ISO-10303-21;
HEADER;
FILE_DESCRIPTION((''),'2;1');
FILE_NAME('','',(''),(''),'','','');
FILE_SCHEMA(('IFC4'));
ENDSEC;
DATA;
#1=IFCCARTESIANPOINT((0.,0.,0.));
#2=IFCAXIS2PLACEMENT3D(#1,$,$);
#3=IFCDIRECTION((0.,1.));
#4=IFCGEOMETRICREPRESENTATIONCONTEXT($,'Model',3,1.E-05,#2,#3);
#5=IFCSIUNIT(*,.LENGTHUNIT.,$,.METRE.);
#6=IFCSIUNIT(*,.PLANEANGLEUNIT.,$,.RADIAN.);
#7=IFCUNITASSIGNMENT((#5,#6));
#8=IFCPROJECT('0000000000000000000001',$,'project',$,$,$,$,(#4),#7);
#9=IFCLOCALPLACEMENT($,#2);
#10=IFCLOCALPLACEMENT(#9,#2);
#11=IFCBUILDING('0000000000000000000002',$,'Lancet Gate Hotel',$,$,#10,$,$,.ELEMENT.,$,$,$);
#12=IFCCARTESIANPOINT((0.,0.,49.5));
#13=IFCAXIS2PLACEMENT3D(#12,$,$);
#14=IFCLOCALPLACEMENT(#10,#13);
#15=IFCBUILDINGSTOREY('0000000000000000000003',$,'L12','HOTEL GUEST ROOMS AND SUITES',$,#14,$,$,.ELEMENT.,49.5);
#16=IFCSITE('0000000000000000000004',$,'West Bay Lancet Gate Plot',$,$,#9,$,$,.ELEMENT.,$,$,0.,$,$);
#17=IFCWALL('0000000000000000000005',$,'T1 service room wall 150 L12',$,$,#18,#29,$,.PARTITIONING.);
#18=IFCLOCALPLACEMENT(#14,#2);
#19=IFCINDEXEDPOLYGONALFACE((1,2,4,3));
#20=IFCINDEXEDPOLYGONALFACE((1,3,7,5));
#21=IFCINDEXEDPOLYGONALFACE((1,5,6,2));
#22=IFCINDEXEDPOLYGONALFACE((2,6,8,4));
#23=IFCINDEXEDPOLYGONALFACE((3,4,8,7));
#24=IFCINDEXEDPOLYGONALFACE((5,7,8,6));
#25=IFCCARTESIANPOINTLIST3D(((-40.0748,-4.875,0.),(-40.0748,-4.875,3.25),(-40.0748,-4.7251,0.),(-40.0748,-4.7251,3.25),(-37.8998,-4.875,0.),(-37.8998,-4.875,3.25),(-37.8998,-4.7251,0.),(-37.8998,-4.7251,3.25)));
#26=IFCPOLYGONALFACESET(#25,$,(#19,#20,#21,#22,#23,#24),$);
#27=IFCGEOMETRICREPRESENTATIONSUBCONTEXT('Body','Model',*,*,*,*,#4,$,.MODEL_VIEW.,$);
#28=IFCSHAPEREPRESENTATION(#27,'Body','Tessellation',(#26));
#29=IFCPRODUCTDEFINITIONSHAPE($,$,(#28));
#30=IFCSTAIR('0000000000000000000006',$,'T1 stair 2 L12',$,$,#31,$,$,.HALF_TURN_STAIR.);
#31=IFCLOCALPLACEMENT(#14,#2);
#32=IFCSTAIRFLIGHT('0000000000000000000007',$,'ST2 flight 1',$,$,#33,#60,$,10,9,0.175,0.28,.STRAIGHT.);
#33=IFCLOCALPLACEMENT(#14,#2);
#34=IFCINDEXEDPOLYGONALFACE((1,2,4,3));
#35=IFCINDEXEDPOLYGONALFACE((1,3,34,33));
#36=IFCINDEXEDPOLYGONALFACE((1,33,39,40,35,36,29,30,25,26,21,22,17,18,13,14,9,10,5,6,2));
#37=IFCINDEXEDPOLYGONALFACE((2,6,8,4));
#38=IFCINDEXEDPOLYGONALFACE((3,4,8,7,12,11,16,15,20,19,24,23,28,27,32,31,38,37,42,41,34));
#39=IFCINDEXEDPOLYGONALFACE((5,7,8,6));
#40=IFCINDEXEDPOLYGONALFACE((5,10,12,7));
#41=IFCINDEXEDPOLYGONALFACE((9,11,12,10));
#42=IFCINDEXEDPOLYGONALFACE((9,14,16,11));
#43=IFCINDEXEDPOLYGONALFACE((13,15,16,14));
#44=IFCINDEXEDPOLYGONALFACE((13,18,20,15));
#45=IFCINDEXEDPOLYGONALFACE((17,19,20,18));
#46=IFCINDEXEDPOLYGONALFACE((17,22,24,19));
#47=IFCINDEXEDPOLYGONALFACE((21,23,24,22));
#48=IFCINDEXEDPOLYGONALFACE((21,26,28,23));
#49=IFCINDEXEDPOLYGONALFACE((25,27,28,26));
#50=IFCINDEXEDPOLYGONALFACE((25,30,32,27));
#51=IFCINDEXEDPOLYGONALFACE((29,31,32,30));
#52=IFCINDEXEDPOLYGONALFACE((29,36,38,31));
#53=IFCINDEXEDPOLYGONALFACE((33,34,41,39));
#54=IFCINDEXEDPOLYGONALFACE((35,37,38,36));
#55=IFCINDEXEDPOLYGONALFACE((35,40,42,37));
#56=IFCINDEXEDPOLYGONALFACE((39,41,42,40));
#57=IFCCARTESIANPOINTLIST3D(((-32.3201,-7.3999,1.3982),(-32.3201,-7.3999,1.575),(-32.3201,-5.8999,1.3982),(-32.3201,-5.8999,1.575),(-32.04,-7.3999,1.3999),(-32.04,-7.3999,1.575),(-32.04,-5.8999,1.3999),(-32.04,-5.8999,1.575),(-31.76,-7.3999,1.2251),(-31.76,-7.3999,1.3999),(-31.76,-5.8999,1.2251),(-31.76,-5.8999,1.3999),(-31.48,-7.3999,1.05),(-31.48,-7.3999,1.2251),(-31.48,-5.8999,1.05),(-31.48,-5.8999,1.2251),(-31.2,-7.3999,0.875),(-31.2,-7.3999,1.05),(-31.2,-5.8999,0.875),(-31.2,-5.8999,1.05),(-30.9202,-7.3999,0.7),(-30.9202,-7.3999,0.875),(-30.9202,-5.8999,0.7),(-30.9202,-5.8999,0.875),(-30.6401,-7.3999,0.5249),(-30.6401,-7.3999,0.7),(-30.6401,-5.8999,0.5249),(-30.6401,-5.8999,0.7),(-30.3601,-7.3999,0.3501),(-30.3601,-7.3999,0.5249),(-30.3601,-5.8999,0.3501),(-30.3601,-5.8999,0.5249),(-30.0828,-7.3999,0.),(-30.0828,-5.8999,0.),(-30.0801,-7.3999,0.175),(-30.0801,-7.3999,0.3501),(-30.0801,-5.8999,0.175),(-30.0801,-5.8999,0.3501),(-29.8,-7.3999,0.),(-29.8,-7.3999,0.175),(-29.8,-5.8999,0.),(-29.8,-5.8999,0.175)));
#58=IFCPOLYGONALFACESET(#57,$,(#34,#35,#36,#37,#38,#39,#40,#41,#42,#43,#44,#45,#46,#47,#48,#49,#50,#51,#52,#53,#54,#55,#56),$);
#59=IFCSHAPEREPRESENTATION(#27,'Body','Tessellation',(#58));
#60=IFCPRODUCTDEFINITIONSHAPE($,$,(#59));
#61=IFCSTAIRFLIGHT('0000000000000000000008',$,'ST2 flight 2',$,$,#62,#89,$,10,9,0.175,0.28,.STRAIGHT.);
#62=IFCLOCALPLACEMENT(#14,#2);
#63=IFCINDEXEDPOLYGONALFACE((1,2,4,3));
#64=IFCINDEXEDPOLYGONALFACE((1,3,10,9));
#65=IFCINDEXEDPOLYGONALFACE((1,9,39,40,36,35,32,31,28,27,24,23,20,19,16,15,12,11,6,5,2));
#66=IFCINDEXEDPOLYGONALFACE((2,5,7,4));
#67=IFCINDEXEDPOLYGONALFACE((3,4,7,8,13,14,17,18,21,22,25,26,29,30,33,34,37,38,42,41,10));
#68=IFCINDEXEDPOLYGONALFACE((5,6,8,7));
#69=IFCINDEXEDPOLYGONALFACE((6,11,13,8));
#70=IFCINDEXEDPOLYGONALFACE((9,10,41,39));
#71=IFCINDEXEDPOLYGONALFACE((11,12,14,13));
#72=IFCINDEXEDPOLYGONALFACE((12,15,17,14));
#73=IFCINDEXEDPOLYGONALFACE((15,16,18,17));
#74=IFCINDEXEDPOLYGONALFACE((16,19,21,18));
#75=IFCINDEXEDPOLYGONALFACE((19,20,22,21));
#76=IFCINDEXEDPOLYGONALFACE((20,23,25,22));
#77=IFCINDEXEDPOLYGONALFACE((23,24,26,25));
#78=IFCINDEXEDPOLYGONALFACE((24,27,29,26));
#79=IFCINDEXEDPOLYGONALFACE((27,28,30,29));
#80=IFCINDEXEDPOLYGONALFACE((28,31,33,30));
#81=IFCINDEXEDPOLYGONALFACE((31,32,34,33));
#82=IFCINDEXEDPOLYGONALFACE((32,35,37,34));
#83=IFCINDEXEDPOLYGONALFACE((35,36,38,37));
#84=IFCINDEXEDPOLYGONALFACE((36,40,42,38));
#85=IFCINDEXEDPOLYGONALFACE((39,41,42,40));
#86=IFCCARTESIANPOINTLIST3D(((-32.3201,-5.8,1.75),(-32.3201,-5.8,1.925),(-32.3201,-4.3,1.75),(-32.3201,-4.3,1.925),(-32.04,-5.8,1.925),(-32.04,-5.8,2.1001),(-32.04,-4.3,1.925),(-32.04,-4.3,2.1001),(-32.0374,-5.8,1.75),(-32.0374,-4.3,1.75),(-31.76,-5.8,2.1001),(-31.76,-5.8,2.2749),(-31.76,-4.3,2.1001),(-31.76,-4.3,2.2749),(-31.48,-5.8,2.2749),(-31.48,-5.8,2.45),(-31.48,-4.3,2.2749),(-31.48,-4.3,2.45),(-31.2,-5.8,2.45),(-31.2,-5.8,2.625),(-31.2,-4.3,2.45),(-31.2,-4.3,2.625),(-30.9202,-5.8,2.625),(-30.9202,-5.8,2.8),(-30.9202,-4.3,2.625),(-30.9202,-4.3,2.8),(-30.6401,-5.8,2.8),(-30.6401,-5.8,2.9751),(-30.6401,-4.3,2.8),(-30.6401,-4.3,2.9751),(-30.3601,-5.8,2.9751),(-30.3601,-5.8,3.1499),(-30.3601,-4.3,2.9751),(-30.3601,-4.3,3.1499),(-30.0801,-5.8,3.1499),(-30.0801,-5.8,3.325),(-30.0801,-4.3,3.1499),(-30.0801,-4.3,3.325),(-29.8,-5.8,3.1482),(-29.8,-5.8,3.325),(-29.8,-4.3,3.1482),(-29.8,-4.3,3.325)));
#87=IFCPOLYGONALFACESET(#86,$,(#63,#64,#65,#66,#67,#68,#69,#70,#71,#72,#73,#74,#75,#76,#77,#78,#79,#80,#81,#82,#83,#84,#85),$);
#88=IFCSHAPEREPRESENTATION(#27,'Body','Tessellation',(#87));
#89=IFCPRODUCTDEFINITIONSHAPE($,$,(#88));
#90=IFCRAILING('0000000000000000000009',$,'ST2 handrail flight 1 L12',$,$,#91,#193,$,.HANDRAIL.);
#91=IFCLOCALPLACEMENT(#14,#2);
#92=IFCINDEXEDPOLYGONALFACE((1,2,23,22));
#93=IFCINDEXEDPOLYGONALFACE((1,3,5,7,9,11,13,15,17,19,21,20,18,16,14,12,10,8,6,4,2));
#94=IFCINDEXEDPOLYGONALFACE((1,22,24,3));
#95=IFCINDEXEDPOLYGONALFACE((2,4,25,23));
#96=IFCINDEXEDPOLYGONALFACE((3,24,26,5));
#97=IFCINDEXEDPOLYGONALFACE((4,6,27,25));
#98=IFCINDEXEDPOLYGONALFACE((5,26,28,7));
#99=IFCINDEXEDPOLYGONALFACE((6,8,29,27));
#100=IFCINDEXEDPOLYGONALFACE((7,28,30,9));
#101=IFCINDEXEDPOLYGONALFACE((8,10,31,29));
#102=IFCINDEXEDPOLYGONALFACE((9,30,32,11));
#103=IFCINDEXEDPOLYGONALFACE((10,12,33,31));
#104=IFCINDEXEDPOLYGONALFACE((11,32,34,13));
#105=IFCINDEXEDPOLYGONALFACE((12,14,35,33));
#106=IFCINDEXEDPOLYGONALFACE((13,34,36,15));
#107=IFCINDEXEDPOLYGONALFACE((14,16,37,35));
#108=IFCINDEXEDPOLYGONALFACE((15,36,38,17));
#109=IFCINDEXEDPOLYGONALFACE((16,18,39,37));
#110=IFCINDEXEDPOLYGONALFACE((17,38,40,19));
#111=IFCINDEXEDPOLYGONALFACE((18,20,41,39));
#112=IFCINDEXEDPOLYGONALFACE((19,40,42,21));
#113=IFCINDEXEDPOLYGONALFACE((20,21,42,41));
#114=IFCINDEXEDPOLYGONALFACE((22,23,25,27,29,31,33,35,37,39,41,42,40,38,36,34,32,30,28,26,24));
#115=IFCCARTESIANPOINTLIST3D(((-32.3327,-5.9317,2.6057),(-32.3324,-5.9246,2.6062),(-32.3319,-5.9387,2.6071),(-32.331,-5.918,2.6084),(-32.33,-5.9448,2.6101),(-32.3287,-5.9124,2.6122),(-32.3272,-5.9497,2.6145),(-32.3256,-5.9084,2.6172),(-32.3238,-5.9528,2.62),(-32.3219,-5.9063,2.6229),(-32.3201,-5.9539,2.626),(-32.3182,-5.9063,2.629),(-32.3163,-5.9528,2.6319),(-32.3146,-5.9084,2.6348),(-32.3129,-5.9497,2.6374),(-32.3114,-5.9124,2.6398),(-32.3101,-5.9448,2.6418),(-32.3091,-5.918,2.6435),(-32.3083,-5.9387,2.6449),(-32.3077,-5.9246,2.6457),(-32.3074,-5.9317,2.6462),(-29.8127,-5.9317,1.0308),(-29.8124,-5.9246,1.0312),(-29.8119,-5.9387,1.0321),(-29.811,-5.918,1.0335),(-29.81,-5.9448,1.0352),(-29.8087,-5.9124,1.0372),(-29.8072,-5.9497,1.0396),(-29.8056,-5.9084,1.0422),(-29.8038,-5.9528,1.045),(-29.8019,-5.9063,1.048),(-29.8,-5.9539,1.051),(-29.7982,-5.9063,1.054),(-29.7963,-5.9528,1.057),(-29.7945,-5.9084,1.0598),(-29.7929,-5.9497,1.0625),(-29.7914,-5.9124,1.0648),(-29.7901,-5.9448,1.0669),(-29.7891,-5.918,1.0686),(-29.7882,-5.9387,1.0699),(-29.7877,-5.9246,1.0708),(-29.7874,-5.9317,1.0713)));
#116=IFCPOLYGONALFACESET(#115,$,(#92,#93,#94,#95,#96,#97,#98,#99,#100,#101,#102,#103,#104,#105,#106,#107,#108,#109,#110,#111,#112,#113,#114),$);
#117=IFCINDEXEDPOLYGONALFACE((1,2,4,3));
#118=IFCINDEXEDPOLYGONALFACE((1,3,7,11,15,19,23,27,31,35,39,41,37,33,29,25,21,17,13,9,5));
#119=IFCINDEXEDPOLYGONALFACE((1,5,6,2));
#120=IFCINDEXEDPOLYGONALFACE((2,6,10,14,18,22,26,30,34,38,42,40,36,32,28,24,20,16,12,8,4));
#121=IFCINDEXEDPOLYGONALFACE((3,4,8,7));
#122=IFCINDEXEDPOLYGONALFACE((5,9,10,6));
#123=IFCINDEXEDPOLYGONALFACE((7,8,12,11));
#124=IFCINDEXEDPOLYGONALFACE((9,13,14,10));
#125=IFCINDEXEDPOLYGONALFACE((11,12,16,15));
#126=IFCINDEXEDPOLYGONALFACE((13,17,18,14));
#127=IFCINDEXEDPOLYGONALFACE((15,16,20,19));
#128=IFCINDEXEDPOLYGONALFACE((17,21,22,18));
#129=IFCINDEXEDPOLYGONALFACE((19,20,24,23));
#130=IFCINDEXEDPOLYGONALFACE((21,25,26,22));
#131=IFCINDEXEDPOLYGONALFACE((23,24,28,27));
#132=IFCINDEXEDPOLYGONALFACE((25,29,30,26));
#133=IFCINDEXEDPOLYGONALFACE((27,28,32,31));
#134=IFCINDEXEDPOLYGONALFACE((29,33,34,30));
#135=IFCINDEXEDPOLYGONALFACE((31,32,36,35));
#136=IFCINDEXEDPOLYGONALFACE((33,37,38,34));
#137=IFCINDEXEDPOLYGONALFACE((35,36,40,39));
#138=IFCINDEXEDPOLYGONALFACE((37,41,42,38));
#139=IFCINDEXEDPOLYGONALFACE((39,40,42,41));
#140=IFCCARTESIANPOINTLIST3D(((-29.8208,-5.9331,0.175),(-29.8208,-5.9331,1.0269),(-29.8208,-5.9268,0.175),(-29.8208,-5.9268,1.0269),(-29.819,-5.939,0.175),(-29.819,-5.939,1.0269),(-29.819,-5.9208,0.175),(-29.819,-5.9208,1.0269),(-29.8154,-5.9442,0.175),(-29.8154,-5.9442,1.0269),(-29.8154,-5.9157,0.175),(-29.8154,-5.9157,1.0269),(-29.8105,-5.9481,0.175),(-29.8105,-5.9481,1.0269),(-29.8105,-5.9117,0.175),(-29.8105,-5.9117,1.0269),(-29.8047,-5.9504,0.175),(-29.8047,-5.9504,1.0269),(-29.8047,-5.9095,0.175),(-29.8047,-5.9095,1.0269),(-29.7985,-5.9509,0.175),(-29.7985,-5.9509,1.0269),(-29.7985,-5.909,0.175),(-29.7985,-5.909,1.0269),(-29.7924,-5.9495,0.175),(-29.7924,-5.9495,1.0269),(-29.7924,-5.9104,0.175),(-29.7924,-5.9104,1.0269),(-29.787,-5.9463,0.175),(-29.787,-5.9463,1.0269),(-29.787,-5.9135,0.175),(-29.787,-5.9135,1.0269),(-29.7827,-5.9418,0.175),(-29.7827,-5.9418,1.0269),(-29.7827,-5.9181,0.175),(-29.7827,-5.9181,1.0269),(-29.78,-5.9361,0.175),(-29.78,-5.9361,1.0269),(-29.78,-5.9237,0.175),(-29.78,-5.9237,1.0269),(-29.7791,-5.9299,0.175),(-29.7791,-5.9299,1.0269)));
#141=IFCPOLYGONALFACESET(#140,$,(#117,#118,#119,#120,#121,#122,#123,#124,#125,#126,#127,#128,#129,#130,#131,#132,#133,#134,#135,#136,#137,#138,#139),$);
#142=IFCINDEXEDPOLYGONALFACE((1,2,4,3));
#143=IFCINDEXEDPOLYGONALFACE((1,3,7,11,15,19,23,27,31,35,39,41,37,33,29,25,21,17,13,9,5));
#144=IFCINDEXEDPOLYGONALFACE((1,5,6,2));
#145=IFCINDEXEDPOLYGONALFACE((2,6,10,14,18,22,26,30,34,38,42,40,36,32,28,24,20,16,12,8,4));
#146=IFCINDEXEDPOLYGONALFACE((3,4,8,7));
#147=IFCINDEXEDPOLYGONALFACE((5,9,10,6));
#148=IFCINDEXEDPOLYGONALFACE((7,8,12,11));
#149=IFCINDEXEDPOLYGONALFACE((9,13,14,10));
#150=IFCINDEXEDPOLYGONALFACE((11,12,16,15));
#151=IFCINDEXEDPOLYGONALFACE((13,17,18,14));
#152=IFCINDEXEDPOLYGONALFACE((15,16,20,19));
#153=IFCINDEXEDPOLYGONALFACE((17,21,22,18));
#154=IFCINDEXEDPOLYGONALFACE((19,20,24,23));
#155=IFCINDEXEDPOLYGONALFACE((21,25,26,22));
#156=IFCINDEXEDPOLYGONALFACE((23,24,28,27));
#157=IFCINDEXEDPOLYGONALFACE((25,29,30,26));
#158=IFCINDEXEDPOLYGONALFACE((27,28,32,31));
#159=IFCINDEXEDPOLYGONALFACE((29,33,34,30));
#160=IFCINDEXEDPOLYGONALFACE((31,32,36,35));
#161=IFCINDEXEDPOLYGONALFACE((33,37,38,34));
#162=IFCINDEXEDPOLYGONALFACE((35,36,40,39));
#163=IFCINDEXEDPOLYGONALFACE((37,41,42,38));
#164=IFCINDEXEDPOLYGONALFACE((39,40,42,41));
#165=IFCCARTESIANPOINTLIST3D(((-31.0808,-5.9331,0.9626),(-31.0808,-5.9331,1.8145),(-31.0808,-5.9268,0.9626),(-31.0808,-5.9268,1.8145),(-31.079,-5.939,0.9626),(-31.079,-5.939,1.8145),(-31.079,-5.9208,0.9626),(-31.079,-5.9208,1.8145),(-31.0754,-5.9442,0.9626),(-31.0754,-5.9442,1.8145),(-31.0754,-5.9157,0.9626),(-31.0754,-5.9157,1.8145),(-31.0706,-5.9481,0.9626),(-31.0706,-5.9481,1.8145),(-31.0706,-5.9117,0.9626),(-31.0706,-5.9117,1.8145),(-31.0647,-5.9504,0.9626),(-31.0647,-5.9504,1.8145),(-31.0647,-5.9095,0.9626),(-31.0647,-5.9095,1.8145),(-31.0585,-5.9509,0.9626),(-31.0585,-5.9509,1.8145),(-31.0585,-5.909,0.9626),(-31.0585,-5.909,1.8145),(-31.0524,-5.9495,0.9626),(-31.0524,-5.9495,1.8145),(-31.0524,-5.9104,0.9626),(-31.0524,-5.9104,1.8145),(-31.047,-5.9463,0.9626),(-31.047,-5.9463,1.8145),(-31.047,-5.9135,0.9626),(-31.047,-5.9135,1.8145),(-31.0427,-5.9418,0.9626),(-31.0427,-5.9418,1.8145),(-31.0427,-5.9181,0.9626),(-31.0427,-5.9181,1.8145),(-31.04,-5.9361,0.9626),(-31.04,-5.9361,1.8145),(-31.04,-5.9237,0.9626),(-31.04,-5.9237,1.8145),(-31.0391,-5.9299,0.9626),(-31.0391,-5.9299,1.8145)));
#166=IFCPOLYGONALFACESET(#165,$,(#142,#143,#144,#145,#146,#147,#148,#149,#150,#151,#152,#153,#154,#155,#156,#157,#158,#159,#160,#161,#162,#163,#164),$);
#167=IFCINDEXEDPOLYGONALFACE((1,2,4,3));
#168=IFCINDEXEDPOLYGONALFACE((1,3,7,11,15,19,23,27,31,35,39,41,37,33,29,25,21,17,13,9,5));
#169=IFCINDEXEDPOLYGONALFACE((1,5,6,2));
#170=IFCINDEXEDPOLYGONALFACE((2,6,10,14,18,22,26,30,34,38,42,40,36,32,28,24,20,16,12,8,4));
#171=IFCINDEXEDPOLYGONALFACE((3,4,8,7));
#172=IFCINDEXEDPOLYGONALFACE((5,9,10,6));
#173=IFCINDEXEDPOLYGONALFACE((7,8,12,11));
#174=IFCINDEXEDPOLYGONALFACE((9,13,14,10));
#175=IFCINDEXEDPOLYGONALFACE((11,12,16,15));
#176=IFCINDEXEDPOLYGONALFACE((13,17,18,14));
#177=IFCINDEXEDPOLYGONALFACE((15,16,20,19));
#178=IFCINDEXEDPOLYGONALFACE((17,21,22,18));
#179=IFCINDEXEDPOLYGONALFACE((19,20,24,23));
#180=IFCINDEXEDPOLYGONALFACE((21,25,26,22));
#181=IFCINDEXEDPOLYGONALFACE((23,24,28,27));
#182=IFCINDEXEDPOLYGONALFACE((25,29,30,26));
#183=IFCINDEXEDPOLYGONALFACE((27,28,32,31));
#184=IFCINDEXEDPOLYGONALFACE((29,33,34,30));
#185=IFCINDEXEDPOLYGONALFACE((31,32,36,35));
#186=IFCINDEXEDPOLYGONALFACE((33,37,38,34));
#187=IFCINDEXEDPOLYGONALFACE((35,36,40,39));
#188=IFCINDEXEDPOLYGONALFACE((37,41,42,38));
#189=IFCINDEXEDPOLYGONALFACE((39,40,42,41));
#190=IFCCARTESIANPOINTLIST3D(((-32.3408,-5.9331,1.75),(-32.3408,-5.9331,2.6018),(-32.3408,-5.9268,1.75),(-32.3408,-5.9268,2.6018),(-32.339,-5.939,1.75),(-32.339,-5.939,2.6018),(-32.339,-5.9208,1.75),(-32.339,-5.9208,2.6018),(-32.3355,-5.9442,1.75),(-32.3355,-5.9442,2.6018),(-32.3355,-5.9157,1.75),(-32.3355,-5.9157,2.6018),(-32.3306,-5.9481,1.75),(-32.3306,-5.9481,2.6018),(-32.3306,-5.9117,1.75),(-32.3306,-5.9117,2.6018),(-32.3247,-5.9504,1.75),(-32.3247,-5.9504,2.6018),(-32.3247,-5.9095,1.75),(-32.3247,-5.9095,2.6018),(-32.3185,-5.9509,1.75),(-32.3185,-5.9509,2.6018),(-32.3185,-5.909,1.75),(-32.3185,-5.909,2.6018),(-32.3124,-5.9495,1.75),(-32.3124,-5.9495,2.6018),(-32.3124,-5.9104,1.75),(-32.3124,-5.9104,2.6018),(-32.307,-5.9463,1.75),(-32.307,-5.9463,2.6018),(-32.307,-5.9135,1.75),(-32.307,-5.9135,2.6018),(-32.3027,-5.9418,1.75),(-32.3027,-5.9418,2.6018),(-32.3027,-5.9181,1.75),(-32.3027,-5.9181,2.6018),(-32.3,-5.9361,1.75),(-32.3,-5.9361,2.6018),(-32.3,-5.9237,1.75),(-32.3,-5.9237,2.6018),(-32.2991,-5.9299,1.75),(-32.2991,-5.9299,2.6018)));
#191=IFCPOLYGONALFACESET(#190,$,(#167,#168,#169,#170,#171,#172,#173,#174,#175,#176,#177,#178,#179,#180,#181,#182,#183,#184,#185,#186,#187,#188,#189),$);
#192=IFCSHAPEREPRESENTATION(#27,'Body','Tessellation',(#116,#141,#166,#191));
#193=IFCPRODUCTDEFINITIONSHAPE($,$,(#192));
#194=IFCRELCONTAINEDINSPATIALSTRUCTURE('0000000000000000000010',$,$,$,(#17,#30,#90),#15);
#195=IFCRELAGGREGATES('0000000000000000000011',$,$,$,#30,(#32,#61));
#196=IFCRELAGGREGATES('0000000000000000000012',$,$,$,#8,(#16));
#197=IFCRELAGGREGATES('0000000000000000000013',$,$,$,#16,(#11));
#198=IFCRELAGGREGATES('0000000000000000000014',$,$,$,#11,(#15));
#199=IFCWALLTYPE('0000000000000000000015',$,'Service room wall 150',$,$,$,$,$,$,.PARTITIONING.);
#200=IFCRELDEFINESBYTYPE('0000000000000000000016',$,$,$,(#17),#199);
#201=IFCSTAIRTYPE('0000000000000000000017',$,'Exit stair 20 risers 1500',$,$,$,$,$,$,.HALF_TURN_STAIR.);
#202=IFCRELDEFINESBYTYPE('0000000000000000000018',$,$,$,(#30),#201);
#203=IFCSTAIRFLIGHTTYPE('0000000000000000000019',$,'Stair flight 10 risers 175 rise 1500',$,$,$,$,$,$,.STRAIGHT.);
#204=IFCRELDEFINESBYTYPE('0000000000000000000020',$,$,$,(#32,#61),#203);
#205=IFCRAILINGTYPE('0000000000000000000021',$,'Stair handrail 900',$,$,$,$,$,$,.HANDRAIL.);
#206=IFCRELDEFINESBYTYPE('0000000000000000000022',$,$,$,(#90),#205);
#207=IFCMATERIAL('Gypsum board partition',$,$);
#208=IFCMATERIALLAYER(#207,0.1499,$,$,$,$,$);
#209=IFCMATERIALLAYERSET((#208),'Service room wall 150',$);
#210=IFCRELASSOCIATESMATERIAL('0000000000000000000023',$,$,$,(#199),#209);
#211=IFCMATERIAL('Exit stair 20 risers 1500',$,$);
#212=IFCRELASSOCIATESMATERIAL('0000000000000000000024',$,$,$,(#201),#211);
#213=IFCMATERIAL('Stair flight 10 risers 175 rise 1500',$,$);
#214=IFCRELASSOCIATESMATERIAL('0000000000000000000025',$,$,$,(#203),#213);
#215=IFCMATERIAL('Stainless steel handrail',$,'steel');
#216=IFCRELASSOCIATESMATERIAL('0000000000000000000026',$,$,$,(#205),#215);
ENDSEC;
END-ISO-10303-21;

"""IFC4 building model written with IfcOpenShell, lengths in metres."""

from ifc_helpers import new_model, si_unit, direction, frame, frame_2d, origin, origin_2d, place, context, subcontext, project, spatial, polyline, rectangle, circle, outline, extrude, material, layer, layer_set, type_object, element, aggregate, save


model = new_model("IFC4")

# Units and contexts
model_context = context("Model", 3, precision=1e-05, world=origin(), true_north=direction((0.0, 1.0)))
body_context = subcontext(model_context, "Body", "Model", "MODEL_VIEW")
ifc_project = project(units=[si_unit("LENGTHUNIT", "METRE"), si_unit("PLANEANGLEUNIT", "RADIAN")], contexts=[model_context])

# Site, building, storey
site_placement = place(None, origin())
site = spatial("IfcSite", under=ifc_project, at=site_placement, Name="West Bay Lancet Gate Plot", CompositionType="ELEMENT", RefElevation=0.0)
building_placement = place(site_placement, origin())
building = spatial("IfcBuilding", under=site, at=building_placement, Name="Lancet Gate Hotel", CompositionType="ELEMENT")
storey_placement = place(building_placement, frame((0.0, 0.0, 49.5)))
storey = spatial("IfcBuildingStorey", under=building, at=storey_placement, Name="L12", Description="HOTEL GUEST ROOMS AND SUITES", CompositionType="ELEMENT", Elevation=49.5)

# Wall
ifc_material_1 = material(Name="Gypsum board partition")
ifc_layer_1 = layer(ifc_material_1, 0.1499)
ifc_layer_set_1 = layer_set([ifc_layer_1], Name="Service room wall 150")
wall_type_1 = type_object("IfcWallType", Name="Service room wall 150", PredefinedType="PARTITIONING", material=ifc_layer_set_1)
for number, where, z_axis, x_axis, name in (
    (1, (-37.8999, -4.8, 0.0), (0.0, 0.0, 1.0), (-1.0, 0.0, 0.0), "T1 service room wall 150 L12"),
):
    element("IfcWall", number, at=place(storey_placement, frame(where, z_axis=z_axis, x_axis=x_axis)), inside=storey, type_object=wall_type_1, Name=name, PredefinedType="PARTITIONING", context=body_context, shape_type="SweptSolid", body=[
        extrude(rectangle(XDim=2.175, YDim=0.1499, at=frame_2d((1.0874, 0.0))), origin(), (0.0, 0.0, 1.0), 3.25),
    ])

# Stair, stair flights
ifc_material_2 = material(Name="Exit stair 20 risers 1500")
stair_type = type_object("IfcStairType", Name="Exit stair 20 risers 1500", PredefinedType="HALF_TURN_STAIR", material=ifc_material_2)
stair_placement = place(storey_placement, origin())
stair = element("IfcStair", 2, at=stair_placement, inside=storey, type_object=stair_type, Name="T1 stair 2 L12", PredefinedType="HALF_TURN_STAIR")
ifc_material_3 = material(Name="Stair flight 10 risers 175 rise 1500")
stair_flight_type = type_object("IfcStairFlightType", Name="Stair flight 10 risers 175 rise 1500", PredefinedType="STRAIGHT", material=ifc_material_3)
stair_flight_1_placement = place(storey_placement, frame((-29.8, -6.6499, 0.0), z_axis=(0.0, 0.0, 1.0), x_axis=(-1.0, 0.0, 0.0)))
stair_flight_1 = element("IfcStairFlight", 3, at=stair_flight_1_placement, type_object=stair_flight_type, Name="ST2 flight 1", NumberOfRisers=10, NumberOfTreads=9, PredefinedType="STRAIGHT", RiserHeight=0.175, TreadLength=0.28, context=body_context, shape_type="SweptSolid", body=[
    extrude(outline(polyline([(0.0, 0.0), (0.0, 0.175), (0.28, 0.175), (0.28, 0.3501), (0.5601, 0.3501), (0.5601, 0.5249), (0.8401, 0.5249), (0.8401, 0.7), (1.1201, 0.7), (1.1201, 0.875), (1.3999, 0.875), (1.3999, 1.05), (1.6799, 1.05), (1.6799, 1.2251), (1.96, 1.2251), (1.96, 1.3999), (2.24, 1.3999), (2.24, 1.575), (2.52, 1.575), (2.52, 1.75), (2.52, 1.3982), (0.2827, 0.0), (0.0, 0.0)])), frame((0.0, 0.75, 0.0), z_axis=(0.0, -1.0, 0.0), x_axis=(1.0, 0.0, 0.0)), (0.0, 0.0, 1.0), 1.5),
])
stair_flight_2_placement = place(storey_placement, frame((-32.3201, -5.05, 1.75), z_axis=(0.0, 0.0, 1.0), x_axis=(1.0, 0.0, 0.0)))
stair_flight_2 = element("IfcStairFlight", 4, at=stair_flight_2_placement, type_object=stair_flight_type, Name="ST2 flight 2", NumberOfRisers=10, NumberOfTreads=9, PredefinedType="STRAIGHT", RiserHeight=0.175, TreadLength=0.28, context=body_context, shape_type="SweptSolid", body=[
    extrude(outline(polyline([(0.0, 0.0), (0.0, 0.175), (0.28, 0.175), (0.28, 0.3501), (0.5601, 0.3501), (0.5601, 0.5249), (0.8401, 0.5249), (0.8401, 0.7), (1.1201, 0.7), (1.1201, 0.875), (1.3999, 0.875), (1.3999, 1.05), (1.6799, 1.05), (1.6799, 1.2251), (1.96, 1.2251), (1.96, 1.3999), (2.24, 1.3999), (2.24, 1.575), (2.52, 1.575), (2.52, 1.75), (2.52, 1.3982), (0.2827, 0.0), (0.0, 0.0)])), frame((0.0, 0.75, 0.0), z_axis=(0.0, -1.0, 0.0), x_axis=(1.0, 0.0, 0.0)), (0.0, 0.0, 1.0), 1.5),
])
aggregate(stair, [stair_flight_1, stair_flight_2])

# Railing
ifc_material_4 = material(Name="Stainless steel handrail", Category="steel")
railing_type = type_object("IfcRailingType", Name="Stair handrail 900", PredefinedType="HANDRAIL", material=ifc_material_4)
railing_1_placement = place(storey_placement, frame((-29.8, -5.9299, 0.175)))
element("IfcRailing", 5, at=railing_1_placement, inside=storey, type_object=railing_type, Name="ST2 handrail flight 1 L12", PredefinedType="HANDRAIL", context=body_context, shape_type="SweptSolid", body=[
    extrude(circle(Radius=0.0239, at=origin_2d()), frame((0.0, 0.0, 0.876), z_axis=(-0.848008, 0.0, 0.529984), x_axis=(0.0, -1.0, 0.0)), (0.0, 0.0, 1.0), 2.9717),
    extrude(circle(Radius=0.021, at=origin_2d()), origin(), (0.0, 0.0, 1.0), 0.8518),
    extrude(circle(Radius=0.021, at=origin_2d()), frame((-1.26, 0.0, 0.7876)), (0.0, 0.0, 1.0), 0.8518),
    extrude(circle(Radius=0.021, at=origin_2d()), frame((-2.52, 0.0, 1.575)), (0.0, 0.0, 1.0), 0.8518),
])

save(model, "model.ifc")
